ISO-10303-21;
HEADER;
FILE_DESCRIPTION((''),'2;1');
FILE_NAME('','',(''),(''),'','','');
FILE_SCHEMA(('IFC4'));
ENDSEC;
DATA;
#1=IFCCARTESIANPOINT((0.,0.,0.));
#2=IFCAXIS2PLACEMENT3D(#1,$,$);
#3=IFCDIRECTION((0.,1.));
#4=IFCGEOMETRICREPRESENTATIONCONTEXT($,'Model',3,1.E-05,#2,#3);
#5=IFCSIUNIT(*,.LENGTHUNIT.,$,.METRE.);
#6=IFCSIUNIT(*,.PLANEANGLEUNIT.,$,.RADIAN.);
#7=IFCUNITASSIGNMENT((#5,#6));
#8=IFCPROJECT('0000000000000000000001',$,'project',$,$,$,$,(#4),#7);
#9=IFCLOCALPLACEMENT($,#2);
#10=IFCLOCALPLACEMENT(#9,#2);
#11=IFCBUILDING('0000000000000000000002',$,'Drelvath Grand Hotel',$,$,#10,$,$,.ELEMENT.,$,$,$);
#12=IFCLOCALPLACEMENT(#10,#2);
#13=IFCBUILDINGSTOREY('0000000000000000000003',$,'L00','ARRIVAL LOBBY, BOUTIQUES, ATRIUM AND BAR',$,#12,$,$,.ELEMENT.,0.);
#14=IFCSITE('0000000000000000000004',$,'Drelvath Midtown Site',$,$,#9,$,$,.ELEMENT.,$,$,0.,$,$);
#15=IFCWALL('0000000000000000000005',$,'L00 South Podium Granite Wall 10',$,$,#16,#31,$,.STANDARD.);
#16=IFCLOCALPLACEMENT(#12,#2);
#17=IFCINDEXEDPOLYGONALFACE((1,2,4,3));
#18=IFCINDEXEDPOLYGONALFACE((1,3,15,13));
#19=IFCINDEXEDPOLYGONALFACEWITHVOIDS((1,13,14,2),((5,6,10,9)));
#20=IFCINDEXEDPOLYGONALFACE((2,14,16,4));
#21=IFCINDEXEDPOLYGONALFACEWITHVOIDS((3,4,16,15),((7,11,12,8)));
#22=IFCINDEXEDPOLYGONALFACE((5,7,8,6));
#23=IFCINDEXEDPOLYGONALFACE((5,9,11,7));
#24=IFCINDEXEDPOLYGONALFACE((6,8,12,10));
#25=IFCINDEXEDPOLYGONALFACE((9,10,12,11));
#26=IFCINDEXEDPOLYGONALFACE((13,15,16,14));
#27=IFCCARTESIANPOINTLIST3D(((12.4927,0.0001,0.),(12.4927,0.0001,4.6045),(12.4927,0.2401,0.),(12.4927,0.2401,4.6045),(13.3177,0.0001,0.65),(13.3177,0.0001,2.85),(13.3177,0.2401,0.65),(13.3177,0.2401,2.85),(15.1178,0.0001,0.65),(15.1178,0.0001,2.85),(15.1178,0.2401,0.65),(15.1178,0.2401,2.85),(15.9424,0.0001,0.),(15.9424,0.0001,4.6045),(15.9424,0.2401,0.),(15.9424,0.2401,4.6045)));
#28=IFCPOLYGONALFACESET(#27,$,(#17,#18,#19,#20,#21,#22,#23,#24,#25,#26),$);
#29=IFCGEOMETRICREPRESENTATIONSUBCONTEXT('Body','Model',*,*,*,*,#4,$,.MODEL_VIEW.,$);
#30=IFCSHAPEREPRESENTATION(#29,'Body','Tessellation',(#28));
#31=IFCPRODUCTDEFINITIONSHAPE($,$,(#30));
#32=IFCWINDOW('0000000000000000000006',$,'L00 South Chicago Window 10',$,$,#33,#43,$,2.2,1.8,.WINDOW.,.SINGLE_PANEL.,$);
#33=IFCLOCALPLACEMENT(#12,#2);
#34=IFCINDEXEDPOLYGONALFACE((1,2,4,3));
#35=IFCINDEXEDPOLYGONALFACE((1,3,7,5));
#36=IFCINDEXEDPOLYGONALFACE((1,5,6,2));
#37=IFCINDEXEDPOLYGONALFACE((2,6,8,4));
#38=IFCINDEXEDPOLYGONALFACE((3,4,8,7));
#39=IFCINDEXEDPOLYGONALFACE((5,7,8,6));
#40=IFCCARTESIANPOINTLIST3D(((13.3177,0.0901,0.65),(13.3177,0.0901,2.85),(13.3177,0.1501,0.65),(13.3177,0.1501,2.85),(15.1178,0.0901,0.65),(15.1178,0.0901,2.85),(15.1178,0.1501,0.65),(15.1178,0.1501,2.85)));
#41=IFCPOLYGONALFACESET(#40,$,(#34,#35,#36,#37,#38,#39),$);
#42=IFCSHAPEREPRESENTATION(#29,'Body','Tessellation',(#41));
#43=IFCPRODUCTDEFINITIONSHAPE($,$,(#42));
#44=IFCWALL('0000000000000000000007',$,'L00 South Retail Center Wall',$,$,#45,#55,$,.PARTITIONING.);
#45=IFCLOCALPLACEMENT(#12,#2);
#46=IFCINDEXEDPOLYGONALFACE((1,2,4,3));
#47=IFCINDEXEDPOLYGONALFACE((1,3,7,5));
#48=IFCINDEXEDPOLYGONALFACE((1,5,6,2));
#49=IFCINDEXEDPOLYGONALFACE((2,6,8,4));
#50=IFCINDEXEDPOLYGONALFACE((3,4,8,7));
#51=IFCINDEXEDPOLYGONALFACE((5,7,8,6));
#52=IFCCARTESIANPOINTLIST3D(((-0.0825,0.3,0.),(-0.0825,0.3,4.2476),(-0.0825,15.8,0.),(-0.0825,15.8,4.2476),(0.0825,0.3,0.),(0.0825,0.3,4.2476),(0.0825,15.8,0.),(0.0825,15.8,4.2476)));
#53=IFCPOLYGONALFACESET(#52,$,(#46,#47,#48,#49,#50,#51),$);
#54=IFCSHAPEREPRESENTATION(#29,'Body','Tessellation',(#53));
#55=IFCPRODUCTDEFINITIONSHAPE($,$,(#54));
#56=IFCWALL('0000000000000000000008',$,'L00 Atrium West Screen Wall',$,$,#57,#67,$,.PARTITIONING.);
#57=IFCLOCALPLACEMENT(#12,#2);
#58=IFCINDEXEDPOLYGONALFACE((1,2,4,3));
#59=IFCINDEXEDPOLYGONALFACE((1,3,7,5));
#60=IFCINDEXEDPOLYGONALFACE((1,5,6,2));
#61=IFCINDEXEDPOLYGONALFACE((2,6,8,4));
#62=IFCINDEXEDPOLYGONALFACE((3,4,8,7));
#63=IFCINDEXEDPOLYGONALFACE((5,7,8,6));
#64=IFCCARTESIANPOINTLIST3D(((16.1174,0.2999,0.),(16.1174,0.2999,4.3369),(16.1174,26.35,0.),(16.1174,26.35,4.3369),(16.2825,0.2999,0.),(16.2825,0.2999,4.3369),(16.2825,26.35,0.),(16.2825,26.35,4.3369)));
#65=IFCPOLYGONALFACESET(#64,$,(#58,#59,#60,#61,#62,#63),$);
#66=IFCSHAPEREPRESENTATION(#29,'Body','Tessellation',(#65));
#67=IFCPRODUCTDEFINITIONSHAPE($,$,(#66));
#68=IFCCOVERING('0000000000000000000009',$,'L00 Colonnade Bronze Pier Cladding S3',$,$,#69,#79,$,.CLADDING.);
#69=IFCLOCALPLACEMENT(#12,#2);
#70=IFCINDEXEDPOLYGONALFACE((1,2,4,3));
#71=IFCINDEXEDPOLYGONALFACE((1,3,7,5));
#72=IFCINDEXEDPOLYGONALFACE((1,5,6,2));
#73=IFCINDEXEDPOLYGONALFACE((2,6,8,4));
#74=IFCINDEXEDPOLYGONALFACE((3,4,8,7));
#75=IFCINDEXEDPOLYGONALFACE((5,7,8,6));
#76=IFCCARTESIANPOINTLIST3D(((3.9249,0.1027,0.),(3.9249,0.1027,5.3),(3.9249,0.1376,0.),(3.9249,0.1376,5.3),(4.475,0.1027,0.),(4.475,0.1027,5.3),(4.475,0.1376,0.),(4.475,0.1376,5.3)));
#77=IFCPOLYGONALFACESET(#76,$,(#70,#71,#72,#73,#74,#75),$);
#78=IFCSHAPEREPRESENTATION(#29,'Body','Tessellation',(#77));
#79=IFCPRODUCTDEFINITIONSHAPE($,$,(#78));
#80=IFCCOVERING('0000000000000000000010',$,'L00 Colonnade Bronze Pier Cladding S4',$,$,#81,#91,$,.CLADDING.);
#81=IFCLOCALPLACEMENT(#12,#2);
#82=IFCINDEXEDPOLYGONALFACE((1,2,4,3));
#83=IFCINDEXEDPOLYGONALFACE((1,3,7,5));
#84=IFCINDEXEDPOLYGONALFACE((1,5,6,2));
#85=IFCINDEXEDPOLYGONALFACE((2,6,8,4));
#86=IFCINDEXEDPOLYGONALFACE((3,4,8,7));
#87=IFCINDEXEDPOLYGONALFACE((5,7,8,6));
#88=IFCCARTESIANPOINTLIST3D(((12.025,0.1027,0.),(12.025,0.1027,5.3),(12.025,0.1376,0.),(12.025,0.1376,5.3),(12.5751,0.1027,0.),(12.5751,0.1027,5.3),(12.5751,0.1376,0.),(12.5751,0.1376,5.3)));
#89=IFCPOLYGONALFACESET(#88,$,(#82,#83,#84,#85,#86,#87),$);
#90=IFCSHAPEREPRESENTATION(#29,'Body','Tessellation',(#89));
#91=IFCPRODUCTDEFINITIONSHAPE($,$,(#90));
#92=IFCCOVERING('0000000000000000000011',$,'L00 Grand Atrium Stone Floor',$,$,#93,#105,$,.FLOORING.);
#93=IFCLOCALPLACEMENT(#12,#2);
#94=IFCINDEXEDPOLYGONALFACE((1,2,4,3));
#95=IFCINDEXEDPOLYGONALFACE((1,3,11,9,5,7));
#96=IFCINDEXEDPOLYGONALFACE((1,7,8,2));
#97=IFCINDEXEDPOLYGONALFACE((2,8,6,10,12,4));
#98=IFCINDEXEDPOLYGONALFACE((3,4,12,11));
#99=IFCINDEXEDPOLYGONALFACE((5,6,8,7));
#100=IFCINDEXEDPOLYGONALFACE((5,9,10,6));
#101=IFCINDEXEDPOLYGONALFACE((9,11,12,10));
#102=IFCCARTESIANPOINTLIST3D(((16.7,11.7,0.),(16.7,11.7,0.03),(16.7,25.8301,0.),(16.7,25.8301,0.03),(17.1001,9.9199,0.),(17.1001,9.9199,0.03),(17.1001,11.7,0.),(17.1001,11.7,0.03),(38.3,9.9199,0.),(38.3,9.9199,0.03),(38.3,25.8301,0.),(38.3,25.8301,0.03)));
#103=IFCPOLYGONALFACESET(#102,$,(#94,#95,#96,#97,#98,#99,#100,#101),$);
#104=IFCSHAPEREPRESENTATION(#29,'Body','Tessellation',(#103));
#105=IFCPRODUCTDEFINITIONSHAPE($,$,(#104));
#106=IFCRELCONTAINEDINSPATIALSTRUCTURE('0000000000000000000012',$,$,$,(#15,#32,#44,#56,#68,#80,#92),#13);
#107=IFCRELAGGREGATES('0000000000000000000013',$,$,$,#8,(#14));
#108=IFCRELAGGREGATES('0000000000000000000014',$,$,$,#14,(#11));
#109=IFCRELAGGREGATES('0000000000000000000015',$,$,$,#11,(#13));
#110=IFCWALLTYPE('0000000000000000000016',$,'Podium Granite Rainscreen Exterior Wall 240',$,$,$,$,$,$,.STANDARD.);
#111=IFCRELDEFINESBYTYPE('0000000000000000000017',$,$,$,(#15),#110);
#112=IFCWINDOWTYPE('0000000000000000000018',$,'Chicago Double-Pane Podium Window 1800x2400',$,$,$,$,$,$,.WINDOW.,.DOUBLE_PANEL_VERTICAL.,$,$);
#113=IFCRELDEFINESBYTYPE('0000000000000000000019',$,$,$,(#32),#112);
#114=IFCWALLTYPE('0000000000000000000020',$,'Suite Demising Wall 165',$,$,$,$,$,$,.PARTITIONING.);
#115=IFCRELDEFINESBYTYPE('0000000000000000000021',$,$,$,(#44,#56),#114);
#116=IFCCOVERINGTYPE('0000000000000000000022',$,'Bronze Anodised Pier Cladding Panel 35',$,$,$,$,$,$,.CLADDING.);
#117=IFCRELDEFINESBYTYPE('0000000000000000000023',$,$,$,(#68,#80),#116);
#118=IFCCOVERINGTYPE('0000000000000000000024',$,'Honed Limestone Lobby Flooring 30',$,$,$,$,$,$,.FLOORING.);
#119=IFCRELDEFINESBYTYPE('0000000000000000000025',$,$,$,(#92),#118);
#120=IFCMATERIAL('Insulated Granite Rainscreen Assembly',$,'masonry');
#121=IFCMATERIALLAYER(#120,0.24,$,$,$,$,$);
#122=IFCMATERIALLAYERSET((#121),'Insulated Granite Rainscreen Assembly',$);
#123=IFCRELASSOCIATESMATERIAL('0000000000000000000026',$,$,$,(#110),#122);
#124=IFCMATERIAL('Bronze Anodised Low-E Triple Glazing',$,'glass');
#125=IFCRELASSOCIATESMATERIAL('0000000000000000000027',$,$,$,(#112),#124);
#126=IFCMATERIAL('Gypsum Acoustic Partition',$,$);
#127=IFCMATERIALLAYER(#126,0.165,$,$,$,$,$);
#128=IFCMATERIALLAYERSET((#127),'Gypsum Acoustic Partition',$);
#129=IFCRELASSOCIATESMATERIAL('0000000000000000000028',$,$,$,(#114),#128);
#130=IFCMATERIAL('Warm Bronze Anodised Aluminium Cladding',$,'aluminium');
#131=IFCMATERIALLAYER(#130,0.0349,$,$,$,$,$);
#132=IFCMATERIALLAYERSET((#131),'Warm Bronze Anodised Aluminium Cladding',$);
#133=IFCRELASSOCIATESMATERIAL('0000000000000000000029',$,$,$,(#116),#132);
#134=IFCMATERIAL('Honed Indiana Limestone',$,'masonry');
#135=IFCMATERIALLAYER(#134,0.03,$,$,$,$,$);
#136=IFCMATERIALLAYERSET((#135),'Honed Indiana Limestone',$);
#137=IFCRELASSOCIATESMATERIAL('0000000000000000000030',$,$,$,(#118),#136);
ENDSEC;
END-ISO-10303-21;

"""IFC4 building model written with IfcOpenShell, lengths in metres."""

from ifc_helpers import new_model, si_unit, direction, frame, frame_2d, origin, origin_2d, place, context, subcontext, project, spatial, polyline, rectangle, outline, extrude, material, layer, layer_set, type_object, element, fill, save


model = new_model("IFC4")

# Units and contexts
model_context = context("Model", 3, precision=1e-05, world=origin(), true_north=direction((0.0, 1.0)))
body_context = subcontext(model_context, "Body", "Model", "MODEL_VIEW")
ifc_project = project(units=[si_unit("LENGTHUNIT", "METRE"), si_unit("PLANEANGLEUNIT", "RADIAN")], contexts=[model_context])

# Site, building, storey
site_placement = place(None, origin())
site = spatial("IfcSite", under=ifc_project, at=site_placement, Name="Drelvath Midtown Site", CompositionType="ELEMENT", RefElevation=0.0)
building_placement = place(site_placement, origin())
building = spatial("IfcBuilding", under=site, at=building_placement, Name="Drelvath Grand Hotel", CompositionType="ELEMENT")
storey_placement = place(building_placement, origin())
storey = spatial("IfcBuildingStorey", under=building, at=storey_placement, Name="L00", Description="ARRIVAL LOBBY, BOUTIQUES, ATRIUM AND BAR", CompositionType="ELEMENT", Elevation=0.0)

# Wall, opening, window
ifc_material_1 = material(Name="Insulated Granite Rainscreen Assembly", Category="masonry")
ifc_layer_1 = layer(ifc_material_1, 0.24)
ifc_layer_set_1 = layer_set([ifc_layer_1], Name="Insulated Granite Rainscreen Assembly")
wall_type_1 = type_object("IfcWallType", Name="Podium Granite Rainscreen Exterior Wall 240", PredefinedType="STANDARD", material=ifc_layer_set_1)
ifc_material_2 = material(Name="Bronze Anodised Low-E Triple Glazing", Category="glass")
window_type = type_object("IfcWindowType", Name="Chicago Double-Pane Podium Window 1800x2400", PartitioningType="DOUBLE_PANEL_VERTICAL", PredefinedType="WINDOW", material=ifc_material_2)
wall_1_placement = place(storey_placement, frame((15.9424, 0.1201, 0.0), z_axis=(0.0, 0.0, 1.0), x_axis=(-1.0, 0.0, 0.0)))
wall_1 = element("IfcWall", 1, at=wall_1_placement, inside=storey, type_object=wall_type_1, Name="L00 South Podium Granite Wall 10", PredefinedType="STANDARD", context=body_context, shape_type="SweptSolid", body=[
    extrude(rectangle(XDim=3.4497, YDim=0.24, at=frame_2d((1.7249, 0.0))), origin(), (0.0, 0.0, 1.0), 4.6045),
])
opening_1_placement = place(wall_1_placement, frame((0.8247, 0.0, 0.6499)))
opening_1 = element("IfcOpeningElement", 2, at=opening_1_placement, cuts=wall_1, PredefinedType="OPENING", context=body_context, shape_type="SweptSolid", body=[
    extrude(rectangle(XDim=1.8, YDim=2.2, at=frame_2d((0.8999, 1.1001))), frame((0.0, 0.1299, 0.0), z_axis=(0.0, -1.0, 0.0), x_axis=(1.0, 0.0, 0.0)), (0.0, 0.0, 1.0), 0.26),
])
window_1_placement = place(opening_1_placement, origin())
window_1 = element("IfcWindow", 3, at=window_1_placement, inside=storey, type_object=window_type, Name="L00 South Chicago Window 10", OverallHeight=2.2, OverallWidth=1.8, PartitioningType="SINGLE_PANEL", PredefinedType="WINDOW", context=body_context, shape_type="SweptSolid", body=[
    extrude(rectangle(XDim=1.8, YDim=2.2, at=frame_2d((0.8999, 1.1001))), frame((0.0, 0.03, 0.0), z_axis=(0.0, -1.0, 0.0), x_axis=(1.0, 0.0, 0.0)), (0.0, 0.0, 1.0), 0.0601),
])
fill(opening_1, window_1)

# Walls
ifc_material_3 = material(Name="Gypsum Acoustic Partition")
ifc_layer_2 = layer(ifc_material_3, 0.165)
ifc_layer_set_2 = layer_set([ifc_layer_2], Name="Gypsum Acoustic Partition")
wall_type_2 = type_object("IfcWallType", Name="Suite Demising Wall 165", PredefinedType="PARTITIONING", material=ifc_layer_set_2)
wall_2_placement = place(storey_placement, frame((0.0, 0.3, 0.0), z_axis=(0.0, 0.0, 1.0), x_axis=(0.0, 1.0, 0.0)))
element("IfcWall", 4, at=wall_2_placement, inside=storey, type_object=wall_type_2, Name="L00 South Retail Center Wall", PredefinedType="PARTITIONING", context=body_context, shape_type="SweptSolid", body=[
    extrude(rectangle(XDim=15.5, YDim=0.165, at=frame_2d((7.75, 0.0))), origin(), (0.0, 0.0, 1.0), 4.2476),
])
wall_3_placement = place(storey_placement, frame((16.2, 0.3, 0.0), z_axis=(0.0, 0.0, 1.0), x_axis=(0.0, 1.0, 0.0)))
element("IfcWall", 5, at=wall_3_placement, inside=storey, type_object=wall_type_2, Name="L00 Atrium West Screen Wall", PredefinedType="PARTITIONING", context=body_context, shape_type="SweptSolid", body=[
    extrude(rectangle(XDim=26.05, YDim=0.165, at=frame_2d((13.0249, 0.0))), origin(), (0.0, 0.0, 1.0), 4.3369),
])

# Coverings
ifc_material_4 = material(Name="Warm Bronze Anodised Aluminium Cladding", Category="aluminium")
ifc_layer_3 = layer(ifc_material_4, 0.0349)
ifc_layer_set_3 = layer_set([ifc_layer_3], Name="Warm Bronze Anodised Aluminium Cladding")
covering_type_1 = type_object("IfcCoveringType", Name="Bronze Anodised Pier Cladding Panel 35", PredefinedType="CLADDING", material=ifc_layer_set_3)
for number, where, z_axis, x_axis, name in (
    (6, (4.2, 0.1201, 0.0), (0.0, 0.0, 1.0), (1.0, 0.0, 0.0), "L00 Colonnade Bronze Pier Cladding S3"),
    (7, (12.3, 0.1201, 0.0), (0.0, 0.0, 1.0), (1.0, 0.0, 0.0), "L00 Colonnade Bronze Pier Cladding S4"),
):
    element("IfcCovering", number, at=place(storey_placement, frame(where, z_axis=z_axis, x_axis=x_axis)), inside=storey, type_object=covering_type_1, Name=name, PredefinedType="CLADDING", context=body_context, shape_type="SweptSolid", body=[
        extrude(rectangle(XDim=0.55, YDim=0.0349, at=origin_2d()), origin(), (0.0, 0.0, 1.0), 5.3),
    ])
ifc_material_5 = material(Name="Honed Indiana Limestone", Category="masonry")
ifc_layer_4 = layer(ifc_material_5, 0.03)
ifc_layer_set_4 = layer_set([ifc_layer_4], Name="Honed Indiana Limestone")
covering_type_2 = type_object("IfcCoveringType", Name="Honed Limestone Lobby Flooring 30", PredefinedType="FLOORING", material=ifc_layer_set_4)
covering_placement = place(storey_placement, origin())
element("IfcCovering", 8, at=covering_placement, inside=storey, type_object=covering_type_2, Name="L00 Grand Atrium Stone Floor", PredefinedType="FLOORING", context=body_context, shape_type="SweptSolid", body=[
    extrude(outline(polyline([(38.3, 9.9199), (38.3, 25.8301), (16.7, 25.8301), (16.7, 11.7), (17.1001, 11.7), (17.1001, 9.9199), (38.3, 9.9199)])), origin(), (0.0, 0.0, 1.0), 0.03),
])

save(model, "model.ifc")
